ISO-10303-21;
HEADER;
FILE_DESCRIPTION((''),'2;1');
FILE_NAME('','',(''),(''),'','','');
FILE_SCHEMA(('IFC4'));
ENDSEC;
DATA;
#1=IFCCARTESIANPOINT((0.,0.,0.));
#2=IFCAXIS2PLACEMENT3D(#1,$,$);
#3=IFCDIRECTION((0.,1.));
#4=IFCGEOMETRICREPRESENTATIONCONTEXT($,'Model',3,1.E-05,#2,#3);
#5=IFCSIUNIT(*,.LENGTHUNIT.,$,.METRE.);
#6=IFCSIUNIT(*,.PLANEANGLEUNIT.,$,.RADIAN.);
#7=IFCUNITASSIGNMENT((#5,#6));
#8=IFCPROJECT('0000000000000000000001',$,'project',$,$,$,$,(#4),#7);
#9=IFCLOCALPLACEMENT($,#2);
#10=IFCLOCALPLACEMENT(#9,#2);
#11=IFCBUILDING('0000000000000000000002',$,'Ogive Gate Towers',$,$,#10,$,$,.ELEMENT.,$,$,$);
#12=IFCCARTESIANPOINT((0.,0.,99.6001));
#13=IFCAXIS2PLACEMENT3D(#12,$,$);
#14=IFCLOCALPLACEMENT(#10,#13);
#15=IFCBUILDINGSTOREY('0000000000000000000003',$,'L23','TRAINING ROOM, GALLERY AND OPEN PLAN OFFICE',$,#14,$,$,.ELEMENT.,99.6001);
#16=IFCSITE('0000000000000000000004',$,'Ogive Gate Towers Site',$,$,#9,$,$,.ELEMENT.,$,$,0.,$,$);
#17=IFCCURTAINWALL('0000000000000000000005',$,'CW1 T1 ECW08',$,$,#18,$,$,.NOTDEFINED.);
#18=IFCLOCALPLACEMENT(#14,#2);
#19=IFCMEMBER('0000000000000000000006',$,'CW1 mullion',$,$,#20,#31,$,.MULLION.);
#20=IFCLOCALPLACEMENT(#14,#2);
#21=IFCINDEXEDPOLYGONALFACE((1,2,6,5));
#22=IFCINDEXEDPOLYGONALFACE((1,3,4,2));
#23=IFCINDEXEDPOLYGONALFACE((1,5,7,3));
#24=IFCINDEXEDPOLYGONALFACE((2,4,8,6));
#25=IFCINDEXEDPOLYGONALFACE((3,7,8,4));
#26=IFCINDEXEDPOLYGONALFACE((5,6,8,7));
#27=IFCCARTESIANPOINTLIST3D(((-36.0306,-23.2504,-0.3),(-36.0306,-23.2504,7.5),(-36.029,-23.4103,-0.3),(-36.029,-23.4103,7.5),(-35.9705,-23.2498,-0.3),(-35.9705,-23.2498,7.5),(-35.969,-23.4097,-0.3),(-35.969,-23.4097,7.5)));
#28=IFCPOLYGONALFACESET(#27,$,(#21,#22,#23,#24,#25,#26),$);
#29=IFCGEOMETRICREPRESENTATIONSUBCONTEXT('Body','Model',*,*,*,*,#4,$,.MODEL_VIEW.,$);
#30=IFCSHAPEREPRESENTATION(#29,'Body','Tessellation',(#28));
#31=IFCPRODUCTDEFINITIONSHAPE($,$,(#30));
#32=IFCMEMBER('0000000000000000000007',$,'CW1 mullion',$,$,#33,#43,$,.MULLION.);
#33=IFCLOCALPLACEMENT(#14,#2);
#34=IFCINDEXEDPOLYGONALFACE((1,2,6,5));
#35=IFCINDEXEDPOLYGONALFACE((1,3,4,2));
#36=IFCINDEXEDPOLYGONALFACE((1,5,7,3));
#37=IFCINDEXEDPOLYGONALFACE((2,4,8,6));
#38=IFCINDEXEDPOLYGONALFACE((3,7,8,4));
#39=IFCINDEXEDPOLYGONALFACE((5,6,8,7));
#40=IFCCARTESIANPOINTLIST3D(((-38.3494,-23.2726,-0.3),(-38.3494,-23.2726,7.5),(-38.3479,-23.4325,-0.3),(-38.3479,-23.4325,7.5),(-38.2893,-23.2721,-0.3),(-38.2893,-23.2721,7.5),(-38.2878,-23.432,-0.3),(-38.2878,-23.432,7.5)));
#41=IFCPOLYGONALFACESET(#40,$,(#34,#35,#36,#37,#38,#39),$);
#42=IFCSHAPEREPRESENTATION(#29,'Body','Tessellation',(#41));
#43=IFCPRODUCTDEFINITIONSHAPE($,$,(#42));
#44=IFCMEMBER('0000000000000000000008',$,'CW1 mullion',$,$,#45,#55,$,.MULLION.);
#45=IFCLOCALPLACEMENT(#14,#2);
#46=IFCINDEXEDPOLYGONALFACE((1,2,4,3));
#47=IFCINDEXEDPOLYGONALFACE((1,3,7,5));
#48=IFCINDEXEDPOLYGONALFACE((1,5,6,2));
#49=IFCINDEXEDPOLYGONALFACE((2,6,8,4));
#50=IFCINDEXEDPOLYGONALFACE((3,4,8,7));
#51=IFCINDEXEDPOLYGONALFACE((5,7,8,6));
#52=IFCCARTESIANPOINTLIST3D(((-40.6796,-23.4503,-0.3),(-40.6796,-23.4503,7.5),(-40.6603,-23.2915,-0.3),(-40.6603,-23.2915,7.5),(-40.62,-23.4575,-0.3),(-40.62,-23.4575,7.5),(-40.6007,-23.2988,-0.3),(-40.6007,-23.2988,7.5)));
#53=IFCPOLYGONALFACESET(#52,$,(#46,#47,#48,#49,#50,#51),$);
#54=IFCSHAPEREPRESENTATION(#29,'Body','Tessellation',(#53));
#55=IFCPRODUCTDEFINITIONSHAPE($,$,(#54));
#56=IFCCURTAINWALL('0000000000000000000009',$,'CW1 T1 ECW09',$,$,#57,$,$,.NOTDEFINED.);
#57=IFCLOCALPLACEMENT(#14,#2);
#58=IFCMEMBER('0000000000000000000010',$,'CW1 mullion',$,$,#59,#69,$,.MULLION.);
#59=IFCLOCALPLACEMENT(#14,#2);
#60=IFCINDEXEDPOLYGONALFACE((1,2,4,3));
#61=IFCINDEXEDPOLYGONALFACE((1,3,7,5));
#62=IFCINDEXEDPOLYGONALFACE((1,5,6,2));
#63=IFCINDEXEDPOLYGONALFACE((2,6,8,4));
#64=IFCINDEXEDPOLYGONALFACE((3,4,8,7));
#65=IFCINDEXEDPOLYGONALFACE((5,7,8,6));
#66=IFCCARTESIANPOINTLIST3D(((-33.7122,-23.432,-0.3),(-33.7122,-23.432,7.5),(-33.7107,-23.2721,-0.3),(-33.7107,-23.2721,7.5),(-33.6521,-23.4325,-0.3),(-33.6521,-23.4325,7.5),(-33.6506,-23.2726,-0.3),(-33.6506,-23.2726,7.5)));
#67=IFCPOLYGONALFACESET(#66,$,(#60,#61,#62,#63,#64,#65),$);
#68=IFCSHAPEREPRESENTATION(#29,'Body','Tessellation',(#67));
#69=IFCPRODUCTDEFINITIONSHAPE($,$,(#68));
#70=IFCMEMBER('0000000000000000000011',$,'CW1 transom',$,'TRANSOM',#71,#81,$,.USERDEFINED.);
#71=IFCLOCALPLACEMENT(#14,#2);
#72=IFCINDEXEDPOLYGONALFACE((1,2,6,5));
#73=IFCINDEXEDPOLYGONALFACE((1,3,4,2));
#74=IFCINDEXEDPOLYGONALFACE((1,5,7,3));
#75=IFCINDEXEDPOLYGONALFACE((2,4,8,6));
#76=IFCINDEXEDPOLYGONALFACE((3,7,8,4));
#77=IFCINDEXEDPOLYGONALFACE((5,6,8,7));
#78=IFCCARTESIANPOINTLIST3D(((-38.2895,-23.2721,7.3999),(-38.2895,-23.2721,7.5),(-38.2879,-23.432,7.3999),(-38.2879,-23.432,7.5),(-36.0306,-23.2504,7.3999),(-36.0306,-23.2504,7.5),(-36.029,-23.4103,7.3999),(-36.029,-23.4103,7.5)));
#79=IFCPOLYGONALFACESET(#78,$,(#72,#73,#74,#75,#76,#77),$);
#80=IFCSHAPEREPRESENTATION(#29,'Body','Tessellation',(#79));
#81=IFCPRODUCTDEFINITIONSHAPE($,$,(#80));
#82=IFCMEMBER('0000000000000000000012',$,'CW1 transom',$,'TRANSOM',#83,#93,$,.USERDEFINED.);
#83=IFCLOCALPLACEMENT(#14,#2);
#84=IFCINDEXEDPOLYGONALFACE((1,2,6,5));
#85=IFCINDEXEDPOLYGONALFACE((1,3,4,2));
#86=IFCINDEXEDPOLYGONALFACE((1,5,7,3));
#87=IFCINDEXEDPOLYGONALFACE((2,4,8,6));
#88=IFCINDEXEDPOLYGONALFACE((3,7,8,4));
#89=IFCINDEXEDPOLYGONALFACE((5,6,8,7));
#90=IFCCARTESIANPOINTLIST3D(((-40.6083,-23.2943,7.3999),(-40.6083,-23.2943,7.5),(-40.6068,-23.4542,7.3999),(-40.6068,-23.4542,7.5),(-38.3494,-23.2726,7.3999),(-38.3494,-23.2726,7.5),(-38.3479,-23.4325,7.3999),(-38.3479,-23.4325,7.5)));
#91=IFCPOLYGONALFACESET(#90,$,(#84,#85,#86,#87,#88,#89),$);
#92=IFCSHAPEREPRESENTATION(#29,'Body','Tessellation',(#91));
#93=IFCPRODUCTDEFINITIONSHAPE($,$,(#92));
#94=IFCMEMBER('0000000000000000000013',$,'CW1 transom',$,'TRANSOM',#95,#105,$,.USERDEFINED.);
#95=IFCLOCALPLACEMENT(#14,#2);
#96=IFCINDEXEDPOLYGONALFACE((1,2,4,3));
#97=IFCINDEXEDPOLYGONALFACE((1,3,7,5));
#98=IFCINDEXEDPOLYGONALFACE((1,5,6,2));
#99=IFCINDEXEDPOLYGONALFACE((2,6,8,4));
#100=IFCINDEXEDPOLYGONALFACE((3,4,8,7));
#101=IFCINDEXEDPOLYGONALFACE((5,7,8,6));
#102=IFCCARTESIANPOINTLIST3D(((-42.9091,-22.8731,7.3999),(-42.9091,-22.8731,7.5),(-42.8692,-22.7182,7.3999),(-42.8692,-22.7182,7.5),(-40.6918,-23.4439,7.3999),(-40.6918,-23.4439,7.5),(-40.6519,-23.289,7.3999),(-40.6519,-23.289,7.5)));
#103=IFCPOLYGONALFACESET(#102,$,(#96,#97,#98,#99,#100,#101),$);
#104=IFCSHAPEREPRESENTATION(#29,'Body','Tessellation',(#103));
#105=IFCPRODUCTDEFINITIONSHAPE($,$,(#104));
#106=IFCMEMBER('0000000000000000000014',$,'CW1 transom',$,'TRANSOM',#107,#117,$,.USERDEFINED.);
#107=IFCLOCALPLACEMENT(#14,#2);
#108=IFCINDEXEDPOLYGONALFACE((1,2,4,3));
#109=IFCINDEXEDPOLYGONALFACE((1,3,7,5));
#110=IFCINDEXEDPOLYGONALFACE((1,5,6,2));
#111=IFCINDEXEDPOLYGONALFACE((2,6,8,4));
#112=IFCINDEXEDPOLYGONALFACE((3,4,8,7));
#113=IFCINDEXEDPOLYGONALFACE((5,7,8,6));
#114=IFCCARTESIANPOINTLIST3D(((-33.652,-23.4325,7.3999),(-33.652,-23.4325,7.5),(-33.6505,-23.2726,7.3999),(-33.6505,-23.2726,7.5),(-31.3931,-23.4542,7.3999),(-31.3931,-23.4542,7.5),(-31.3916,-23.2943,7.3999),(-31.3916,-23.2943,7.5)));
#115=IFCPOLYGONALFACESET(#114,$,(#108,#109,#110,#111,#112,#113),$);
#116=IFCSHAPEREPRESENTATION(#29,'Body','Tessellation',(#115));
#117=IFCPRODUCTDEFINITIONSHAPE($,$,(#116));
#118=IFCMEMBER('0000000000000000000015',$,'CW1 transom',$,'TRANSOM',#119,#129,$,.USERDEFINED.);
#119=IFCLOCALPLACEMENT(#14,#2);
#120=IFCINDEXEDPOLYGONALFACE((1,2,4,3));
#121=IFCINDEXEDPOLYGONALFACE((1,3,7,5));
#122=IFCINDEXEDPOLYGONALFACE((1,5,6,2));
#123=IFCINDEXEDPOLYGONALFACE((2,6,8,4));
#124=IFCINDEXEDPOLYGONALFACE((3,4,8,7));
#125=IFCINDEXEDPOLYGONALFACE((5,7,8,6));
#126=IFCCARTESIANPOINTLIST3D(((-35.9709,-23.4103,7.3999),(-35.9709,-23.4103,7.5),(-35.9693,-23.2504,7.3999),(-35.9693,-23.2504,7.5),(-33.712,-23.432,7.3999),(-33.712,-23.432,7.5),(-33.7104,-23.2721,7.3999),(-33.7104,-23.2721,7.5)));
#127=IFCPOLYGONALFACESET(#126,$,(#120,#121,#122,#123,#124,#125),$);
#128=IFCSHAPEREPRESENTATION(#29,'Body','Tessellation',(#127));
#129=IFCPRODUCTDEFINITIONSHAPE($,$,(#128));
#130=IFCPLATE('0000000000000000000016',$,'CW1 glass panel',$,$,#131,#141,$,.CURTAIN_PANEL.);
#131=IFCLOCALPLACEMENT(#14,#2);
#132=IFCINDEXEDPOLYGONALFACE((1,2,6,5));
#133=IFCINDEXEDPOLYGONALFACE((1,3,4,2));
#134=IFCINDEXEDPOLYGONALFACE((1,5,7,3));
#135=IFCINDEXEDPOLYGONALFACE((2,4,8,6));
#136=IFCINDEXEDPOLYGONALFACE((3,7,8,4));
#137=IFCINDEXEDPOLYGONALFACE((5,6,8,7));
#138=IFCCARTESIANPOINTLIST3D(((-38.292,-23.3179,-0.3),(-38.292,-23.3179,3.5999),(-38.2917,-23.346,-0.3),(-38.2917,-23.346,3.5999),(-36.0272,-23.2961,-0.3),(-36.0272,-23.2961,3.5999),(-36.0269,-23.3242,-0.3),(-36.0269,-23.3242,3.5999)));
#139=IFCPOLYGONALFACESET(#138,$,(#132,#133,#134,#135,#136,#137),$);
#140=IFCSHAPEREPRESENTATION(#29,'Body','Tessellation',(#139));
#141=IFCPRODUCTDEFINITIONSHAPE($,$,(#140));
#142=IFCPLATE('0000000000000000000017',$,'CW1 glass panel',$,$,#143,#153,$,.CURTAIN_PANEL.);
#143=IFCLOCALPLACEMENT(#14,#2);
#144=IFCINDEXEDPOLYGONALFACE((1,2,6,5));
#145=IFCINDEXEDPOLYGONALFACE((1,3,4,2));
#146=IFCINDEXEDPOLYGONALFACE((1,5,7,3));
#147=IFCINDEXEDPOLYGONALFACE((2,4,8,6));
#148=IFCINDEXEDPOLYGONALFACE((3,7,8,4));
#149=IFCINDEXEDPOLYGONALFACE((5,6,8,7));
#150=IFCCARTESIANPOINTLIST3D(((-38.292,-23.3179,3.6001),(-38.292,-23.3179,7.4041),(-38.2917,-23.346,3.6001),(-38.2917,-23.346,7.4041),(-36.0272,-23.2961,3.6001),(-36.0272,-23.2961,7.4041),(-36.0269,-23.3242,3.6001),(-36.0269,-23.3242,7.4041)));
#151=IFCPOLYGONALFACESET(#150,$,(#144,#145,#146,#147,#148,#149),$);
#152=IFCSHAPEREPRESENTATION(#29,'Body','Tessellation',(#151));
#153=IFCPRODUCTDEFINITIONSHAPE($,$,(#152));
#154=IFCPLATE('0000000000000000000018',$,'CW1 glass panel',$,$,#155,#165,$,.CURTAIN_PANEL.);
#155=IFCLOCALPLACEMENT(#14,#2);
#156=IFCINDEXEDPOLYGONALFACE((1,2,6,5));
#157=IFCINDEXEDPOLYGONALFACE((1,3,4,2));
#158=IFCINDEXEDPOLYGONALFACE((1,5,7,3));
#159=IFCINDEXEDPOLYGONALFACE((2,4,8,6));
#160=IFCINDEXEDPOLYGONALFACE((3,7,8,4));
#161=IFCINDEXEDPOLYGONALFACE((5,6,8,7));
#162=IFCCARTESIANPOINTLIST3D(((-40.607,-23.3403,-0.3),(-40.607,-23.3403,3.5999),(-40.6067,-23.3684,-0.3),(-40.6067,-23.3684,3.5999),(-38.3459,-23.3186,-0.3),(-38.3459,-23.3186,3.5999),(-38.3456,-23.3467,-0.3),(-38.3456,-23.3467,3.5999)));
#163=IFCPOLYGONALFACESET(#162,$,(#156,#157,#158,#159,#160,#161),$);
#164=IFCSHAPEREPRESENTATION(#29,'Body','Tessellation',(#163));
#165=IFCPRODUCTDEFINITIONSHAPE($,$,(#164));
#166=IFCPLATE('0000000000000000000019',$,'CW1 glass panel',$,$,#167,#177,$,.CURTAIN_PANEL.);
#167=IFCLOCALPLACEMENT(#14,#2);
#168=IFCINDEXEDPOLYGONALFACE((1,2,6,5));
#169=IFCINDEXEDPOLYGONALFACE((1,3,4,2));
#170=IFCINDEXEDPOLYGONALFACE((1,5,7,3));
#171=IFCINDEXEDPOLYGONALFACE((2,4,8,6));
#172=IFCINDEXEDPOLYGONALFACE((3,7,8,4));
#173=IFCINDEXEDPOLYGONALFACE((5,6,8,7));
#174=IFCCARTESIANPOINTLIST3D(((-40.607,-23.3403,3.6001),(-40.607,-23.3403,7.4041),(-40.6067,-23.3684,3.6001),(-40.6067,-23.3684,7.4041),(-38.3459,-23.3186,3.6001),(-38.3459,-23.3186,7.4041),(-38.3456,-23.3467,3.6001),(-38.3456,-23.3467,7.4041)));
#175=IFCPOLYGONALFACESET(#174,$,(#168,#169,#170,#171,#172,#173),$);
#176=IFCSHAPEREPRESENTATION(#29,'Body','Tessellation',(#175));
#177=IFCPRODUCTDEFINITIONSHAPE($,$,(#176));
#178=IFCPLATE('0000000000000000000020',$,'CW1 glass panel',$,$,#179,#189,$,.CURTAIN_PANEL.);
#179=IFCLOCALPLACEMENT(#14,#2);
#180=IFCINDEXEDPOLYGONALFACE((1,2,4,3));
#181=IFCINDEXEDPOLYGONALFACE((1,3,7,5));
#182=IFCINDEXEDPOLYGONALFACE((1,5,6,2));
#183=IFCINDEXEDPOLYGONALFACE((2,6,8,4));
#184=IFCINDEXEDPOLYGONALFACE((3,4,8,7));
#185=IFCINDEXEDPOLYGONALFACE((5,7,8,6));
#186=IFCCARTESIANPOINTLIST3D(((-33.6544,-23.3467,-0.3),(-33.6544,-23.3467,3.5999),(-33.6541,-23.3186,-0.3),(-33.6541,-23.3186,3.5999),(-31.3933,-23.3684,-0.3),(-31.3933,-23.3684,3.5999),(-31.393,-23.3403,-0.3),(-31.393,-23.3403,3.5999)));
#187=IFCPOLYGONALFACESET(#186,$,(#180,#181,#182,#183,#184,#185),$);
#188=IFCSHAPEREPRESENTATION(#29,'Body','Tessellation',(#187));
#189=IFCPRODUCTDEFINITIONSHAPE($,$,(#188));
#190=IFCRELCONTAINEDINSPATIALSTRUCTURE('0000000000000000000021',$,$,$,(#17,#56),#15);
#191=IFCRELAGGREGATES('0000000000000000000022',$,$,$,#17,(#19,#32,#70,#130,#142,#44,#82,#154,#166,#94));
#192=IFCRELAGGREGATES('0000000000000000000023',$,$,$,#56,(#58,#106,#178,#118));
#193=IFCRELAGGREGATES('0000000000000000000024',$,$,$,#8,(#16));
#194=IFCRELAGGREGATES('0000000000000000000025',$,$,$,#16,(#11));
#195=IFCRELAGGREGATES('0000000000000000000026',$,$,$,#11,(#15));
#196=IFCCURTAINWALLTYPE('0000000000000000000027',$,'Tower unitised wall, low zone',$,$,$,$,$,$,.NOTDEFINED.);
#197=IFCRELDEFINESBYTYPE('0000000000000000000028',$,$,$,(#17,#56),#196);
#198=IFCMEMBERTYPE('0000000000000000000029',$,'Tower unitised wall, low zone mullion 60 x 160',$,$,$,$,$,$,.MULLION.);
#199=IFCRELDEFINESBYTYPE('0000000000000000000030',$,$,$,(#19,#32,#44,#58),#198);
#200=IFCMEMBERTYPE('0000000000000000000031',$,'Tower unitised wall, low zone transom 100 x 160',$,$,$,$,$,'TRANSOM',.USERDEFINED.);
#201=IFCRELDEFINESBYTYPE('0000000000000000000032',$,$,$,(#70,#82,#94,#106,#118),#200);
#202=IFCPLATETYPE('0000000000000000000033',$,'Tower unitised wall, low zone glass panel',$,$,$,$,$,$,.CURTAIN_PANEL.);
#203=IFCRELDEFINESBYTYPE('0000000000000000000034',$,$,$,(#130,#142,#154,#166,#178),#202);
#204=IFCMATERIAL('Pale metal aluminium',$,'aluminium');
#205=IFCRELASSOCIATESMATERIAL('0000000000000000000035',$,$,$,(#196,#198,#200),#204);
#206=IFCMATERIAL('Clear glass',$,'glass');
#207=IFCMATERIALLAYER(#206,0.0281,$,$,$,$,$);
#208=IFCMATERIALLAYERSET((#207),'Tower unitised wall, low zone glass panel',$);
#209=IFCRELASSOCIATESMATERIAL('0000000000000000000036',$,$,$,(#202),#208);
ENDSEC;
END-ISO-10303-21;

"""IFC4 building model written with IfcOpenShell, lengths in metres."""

from ifc_helpers import new_model, si_unit, direction, frame, origin, origin_2d, place, context, subcontext, project, spatial, rectangle, extrude, material, layer, layer_set, material_profile, profile_set, type_object, element, aggregate, save


model = new_model("IFC4")

# Units and contexts
model_context = context("Model", 3, precision=1e-05, world=origin(), true_north=direction((0.0, 1.0)))
body_context = subcontext(model_context, "Body", "Model", "MODEL_VIEW")
ifc_project = project(units=[si_unit("LENGTHUNIT", "METRE"), si_unit("PLANEANGLEUNIT", "RADIAN")], contexts=[model_context])

# Site, building, storey
site_placement = place(None, origin())
site = spatial("IfcSite", under=ifc_project, at=site_placement, Name="Ogive Gate Towers Site", CompositionType="ELEMENT", RefElevation=0.0)
building_placement = place(site_placement, origin())
building = spatial("IfcBuilding", under=site, at=building_placement, Name="Ogive Gate Towers", CompositionType="ELEMENT")
storey_placement = place(building_placement, frame((0.0, 0.0, 99.6001)))
storey = spatial("IfcBuildingStorey", under=building, at=storey_placement, Name="L23", Description="TRAINING ROOM, GALLERY AND OPEN PLAN OFFICE", CompositionType="ELEMENT", Elevation=99.6001)

# Curtain wall, members
ifc_material_1 = material(Name="Pale metal aluminium", Category="aluminium")
curtain_wall_type = type_object("IfcCurtainWallType", Name="Tower unitised wall, low zone", PredefinedType="NOTDEFINED", material=ifc_material_1)
curtain_wall_1_placement = place(storey_placement, origin())
curtain_wall_1 = element("IfcCurtainWall", 1, at=curtain_wall_1_placement, inside=storey, type_object=curtain_wall_type, Name="CW1 T1 ECW08", PredefinedType="NOTDEFINED")
ifc_material_profile_1 = material_profile(ifc_material_1, rectangle(XDim=0.1599, YDim=0.0601, at=origin_2d()), Name="60 x 160 aluminium box")
ifc_profile_set_1 = profile_set([ifc_material_profile_1], Name="Pale metal aluminium")
member_type_1 = type_object("IfcMemberType", Name="Tower unitised wall, low zone mullion 60 x 160", PredefinedType="MULLION", material=ifc_profile_set_1)
member_1_placement = place(storey_placement, frame((-35.9998, -23.3301, -0.3), z_axis=(0.0, 0.0, 1.0), x_axis=(-0.009617, 0.999954, 0.0)))
member_1 = element("IfcMember", 2, at=member_1_placement, type_object=member_type_1, Name="CW1 mullion", PredefinedType="MULLION", context=body_context, shape_type="SweptSolid", body=[
    extrude(rectangle(XDim=0.1599, YDim=0.0601, at=origin_2d()), origin(), (0.0, 0.0, 1.0), 7.8),
])
member_2_placement = place(storey_placement, frame((-38.3186, -23.3523, -0.3), z_axis=(0.0, 0.0, 1.0), x_axis=(-0.009599, 0.999954, 0.0)))
member_2 = element("IfcMember", 3, at=member_2_placement, type_object=member_type_1, Name="CW1 mullion", PredefinedType="MULLION", context=body_context, shape_type="SweptSolid", body=[
    extrude(rectangle(XDim=0.1599, YDim=0.0601, at=origin_2d()), origin(), (0.0, 0.0, 1.0), 7.8),
])
member_3_placement = place(storey_placement, frame((-40.6401, -23.3745, -0.3), z_axis=(0.0, 0.0, 1.0), x_axis=(0.120865, 0.992669, 0.0)))
member_3 = element("IfcMember", 4, at=member_3_placement, type_object=member_type_1, Name="CW1 mullion", PredefinedType="MULLION", context=body_context, shape_type="SweptSolid", body=[
    extrude(rectangle(XDim=0.1599, YDim=0.0601, at=origin_2d()), origin(), (0.0, 0.0, 1.0), 7.8),
])

# Curtain wall, member
curtain_wall_2_placement = place(storey_placement, origin())
curtain_wall_2 = element("IfcCurtainWall", 5, at=curtain_wall_2_placement, inside=storey, type_object=curtain_wall_type, Name="CW1 T1 ECW09", PredefinedType="NOTDEFINED")
member_4_placement = place(storey_placement, frame((-33.6814, -23.3523, -0.3), z_axis=(0.0, 0.0, 1.0), x_axis=(0.009599, 0.999954, 0.0)))
member_4 = element("IfcMember", 6, at=member_4_placement, type_object=member_type_1, Name="CW1 mullion", PredefinedType="MULLION", context=body_context, shape_type="SweptSolid", body=[
    extrude(rectangle(XDim=0.1599, YDim=0.0601, at=origin_2d()), origin(), (0.0, 0.0, 1.0), 7.8),
])

# Members
ifc_material_profile_2 = material_profile(ifc_material_1, rectangle(XDim=0.1599, YDim=0.1001, at=origin_2d()), Name="100 x 160 aluminium box")
ifc_profile_set_2 = profile_set([ifc_material_profile_2], Name="Pale metal aluminium")
member_type_2 = type_object("IfcMemberType", Name="Tower unitised wall, low zone transom 100 x 160", ElementType="TRANSOM", PredefinedType="USERDEFINED", material=ifc_profile_set_2)
member_5_placement = place(storey_placement, frame((-36.0298, -23.3303, 7.45), z_axis=(-0.999954, -0.009618, 0.0), x_axis=(0.009618, -0.999954, 0.0)))
member_5 = element("IfcMember", 7, at=member_5_placement, type_object=member_type_2, Name="CW1 transom", ObjectType="TRANSOM", PredefinedType="USERDEFINED", context=body_context, shape_type="SweptSolid", body=[
    extrude(rectangle(XDim=0.1599, YDim=0.1001, at=origin_2d()), origin(), (0.0, 0.0, 1.0), 2.259),
])
member_6_placement = place(storey_placement, frame((-38.3486, -23.3525, 7.45), z_axis=(-0.999954, -0.009618, 0.0), x_axis=(0.009618, -0.999954, 0.0)))
member_6 = element("IfcMember", 8, at=member_6_placement, type_object=member_type_2, Name="CW1 transom", ObjectType="TRANSOM", PredefinedType="USERDEFINED", context=body_context, shape_type="SweptSolid", body=[
    extrude(rectangle(XDim=0.1599, YDim=0.1001, at=origin_2d()), origin(), (0.0, 0.0, 1.0), 2.259),
])
member_7_placement = place(storey_placement, frame((-40.6719, -23.3665, 7.45), z_axis=(-0.968425, 0.249304, 0.0), x_axis=(-0.249304, -0.968425, 0.0)))
member_7 = element("IfcMember", 9, at=member_7_placement, type_object=member_type_2, Name="CW1 transom", ObjectType="TRANSOM", PredefinedType="USERDEFINED", context=body_context, shape_type="SweptSolid", body=[
    extrude(rectangle(XDim=0.1599, YDim=0.1001, at=origin_2d()), origin(), (0.0, 0.0, 1.0), 2.2896),
])
member_8_placement = place(storey_placement, frame((-31.3923, -23.3743, 7.45), z_axis=(-0.999954, 0.009618, 0.0), x_axis=(-0.009618, -0.999954, 0.0)))
member_8 = element("IfcMember", 10, at=member_8_placement, type_object=member_type_2, Name="CW1 transom", ObjectType="TRANSOM", PredefinedType="USERDEFINED", context=body_context, shape_type="SweptSolid", body=[
    extrude(rectangle(XDim=0.1599, YDim=0.1001, at=origin_2d()), origin(), (0.0, 0.0, 1.0), 2.259),
])
member_9_placement = place(storey_placement, frame((-33.7112, -23.3521, 7.45), z_axis=(-0.999954, 0.009618, 0.0), x_axis=(-0.009618, -0.999954, 0.0)))
member_9 = element("IfcMember", 11, at=member_9_placement, type_object=member_type_2, Name="CW1 transom", ObjectType="TRANSOM", PredefinedType="USERDEFINED", context=body_context, shape_type="SweptSolid", body=[
    extrude(rectangle(XDim=0.1599, YDim=0.1001, at=origin_2d()), origin(), (0.0, 0.0, 1.0), 2.259),
])

# Plates
ifc_material_2 = material(Name="Clear glass", Category="glass")
ifc_layer_1 = layer(ifc_material_2, 0.0281)
ifc_layer_set_1 = layer_set([ifc_layer_1], Name="Tower unitised wall, low zone glass panel")
plate_type = type_object("IfcPlateType", Name="Tower unitised wall, low zone glass panel", PredefinedType="CURTAIN_PANEL", material=ifc_layer_set_1)
plate_1_placement = place(storey_placement, frame((-37.1594, -23.321, -0.3), z_axis=(0.0, 0.0, 1.0), x_axis=(-0.999954, -0.009617, 0.0)))
plate_1 = element("IfcPlate", 12, at=plate_1_placement, type_object=plate_type, Name="CW1 glass panel", PredefinedType="CURTAIN_PANEL", context=body_context, shape_type="SweptSolid", body=[
    extrude(rectangle(XDim=2.2649, YDim=0.0281, at=origin_2d()), origin(), (0.0, 0.0, 1.0), 3.8999),
])
plate_2_placement = place(storey_placement, frame((-37.1594, -23.321, 3.6001), z_axis=(0.0, 0.0, 1.0), x_axis=(-0.999954, -0.009617, 0.0)))
plate_2 = element("IfcPlate", 13, at=plate_2_placement, type_object=plate_type, Name="CW1 glass panel", PredefinedType="CURTAIN_PANEL", context=body_context, shape_type="SweptSolid", body=[
    extrude(rectangle(XDim=2.2649, YDim=0.0281, at=origin_2d()), origin(), (0.0, 0.0, 1.0), 3.804),
])
plate_3_placement = place(storey_placement, frame((-39.4763, -23.3435, -0.3), z_axis=(0.0, 0.0, 1.0), x_axis=(-0.999954, -0.009582, 0.0)))
plate_3 = element("IfcPlate", 14, at=plate_3_placement, type_object=plate_type, Name="CW1 glass panel", PredefinedType="CURTAIN_PANEL", context=body_context, shape_type="SweptSolid", body=[
    extrude(rectangle(XDim=2.2612, YDim=0.0281, at=origin_2d()), origin(), (0.0, 0.0, 1.0), 3.8999),
])
plate_4_placement = place(storey_placement, frame((-39.4763, -23.3435, 3.6001), z_axis=(0.0, 0.0, 1.0), x_axis=(-0.999954, -0.009582, 0.0)))
plate_4 = element("IfcPlate", 15, at=plate_4_placement, type_object=plate_type, Name="CW1 glass panel", PredefinedType="CURTAIN_PANEL", context=body_context, shape_type="SweptSolid", body=[
    extrude(rectangle(XDim=2.2612, YDim=0.0281, at=origin_2d()), origin(), (0.0, 0.0, 1.0), 3.804),
])
aggregate(curtain_wall_1, [member_1, member_2, member_5, plate_1, plate_2, member_3, member_6, plate_3, plate_4, member_7])
plate_5_placement = place(storey_placement, frame((-32.5237, -23.3435, -0.3), z_axis=(0.0, 0.0, 1.0), x_axis=(-0.999954, 0.009582, 0.0)))
plate_5 = element("IfcPlate", 16, at=plate_5_placement, type_object=plate_type, Name="CW1 glass panel", PredefinedType="CURTAIN_PANEL", context=body_context, shape_type="SweptSolid", body=[
    extrude(rectangle(XDim=2.2612, YDim=0.0281, at=origin_2d()), origin(), (0.0, 0.0, 1.0), 3.8999),
])
aggregate(curtain_wall_2, [member_4, member_8, plate_5, member_9])

save(model, "model.ifc")
